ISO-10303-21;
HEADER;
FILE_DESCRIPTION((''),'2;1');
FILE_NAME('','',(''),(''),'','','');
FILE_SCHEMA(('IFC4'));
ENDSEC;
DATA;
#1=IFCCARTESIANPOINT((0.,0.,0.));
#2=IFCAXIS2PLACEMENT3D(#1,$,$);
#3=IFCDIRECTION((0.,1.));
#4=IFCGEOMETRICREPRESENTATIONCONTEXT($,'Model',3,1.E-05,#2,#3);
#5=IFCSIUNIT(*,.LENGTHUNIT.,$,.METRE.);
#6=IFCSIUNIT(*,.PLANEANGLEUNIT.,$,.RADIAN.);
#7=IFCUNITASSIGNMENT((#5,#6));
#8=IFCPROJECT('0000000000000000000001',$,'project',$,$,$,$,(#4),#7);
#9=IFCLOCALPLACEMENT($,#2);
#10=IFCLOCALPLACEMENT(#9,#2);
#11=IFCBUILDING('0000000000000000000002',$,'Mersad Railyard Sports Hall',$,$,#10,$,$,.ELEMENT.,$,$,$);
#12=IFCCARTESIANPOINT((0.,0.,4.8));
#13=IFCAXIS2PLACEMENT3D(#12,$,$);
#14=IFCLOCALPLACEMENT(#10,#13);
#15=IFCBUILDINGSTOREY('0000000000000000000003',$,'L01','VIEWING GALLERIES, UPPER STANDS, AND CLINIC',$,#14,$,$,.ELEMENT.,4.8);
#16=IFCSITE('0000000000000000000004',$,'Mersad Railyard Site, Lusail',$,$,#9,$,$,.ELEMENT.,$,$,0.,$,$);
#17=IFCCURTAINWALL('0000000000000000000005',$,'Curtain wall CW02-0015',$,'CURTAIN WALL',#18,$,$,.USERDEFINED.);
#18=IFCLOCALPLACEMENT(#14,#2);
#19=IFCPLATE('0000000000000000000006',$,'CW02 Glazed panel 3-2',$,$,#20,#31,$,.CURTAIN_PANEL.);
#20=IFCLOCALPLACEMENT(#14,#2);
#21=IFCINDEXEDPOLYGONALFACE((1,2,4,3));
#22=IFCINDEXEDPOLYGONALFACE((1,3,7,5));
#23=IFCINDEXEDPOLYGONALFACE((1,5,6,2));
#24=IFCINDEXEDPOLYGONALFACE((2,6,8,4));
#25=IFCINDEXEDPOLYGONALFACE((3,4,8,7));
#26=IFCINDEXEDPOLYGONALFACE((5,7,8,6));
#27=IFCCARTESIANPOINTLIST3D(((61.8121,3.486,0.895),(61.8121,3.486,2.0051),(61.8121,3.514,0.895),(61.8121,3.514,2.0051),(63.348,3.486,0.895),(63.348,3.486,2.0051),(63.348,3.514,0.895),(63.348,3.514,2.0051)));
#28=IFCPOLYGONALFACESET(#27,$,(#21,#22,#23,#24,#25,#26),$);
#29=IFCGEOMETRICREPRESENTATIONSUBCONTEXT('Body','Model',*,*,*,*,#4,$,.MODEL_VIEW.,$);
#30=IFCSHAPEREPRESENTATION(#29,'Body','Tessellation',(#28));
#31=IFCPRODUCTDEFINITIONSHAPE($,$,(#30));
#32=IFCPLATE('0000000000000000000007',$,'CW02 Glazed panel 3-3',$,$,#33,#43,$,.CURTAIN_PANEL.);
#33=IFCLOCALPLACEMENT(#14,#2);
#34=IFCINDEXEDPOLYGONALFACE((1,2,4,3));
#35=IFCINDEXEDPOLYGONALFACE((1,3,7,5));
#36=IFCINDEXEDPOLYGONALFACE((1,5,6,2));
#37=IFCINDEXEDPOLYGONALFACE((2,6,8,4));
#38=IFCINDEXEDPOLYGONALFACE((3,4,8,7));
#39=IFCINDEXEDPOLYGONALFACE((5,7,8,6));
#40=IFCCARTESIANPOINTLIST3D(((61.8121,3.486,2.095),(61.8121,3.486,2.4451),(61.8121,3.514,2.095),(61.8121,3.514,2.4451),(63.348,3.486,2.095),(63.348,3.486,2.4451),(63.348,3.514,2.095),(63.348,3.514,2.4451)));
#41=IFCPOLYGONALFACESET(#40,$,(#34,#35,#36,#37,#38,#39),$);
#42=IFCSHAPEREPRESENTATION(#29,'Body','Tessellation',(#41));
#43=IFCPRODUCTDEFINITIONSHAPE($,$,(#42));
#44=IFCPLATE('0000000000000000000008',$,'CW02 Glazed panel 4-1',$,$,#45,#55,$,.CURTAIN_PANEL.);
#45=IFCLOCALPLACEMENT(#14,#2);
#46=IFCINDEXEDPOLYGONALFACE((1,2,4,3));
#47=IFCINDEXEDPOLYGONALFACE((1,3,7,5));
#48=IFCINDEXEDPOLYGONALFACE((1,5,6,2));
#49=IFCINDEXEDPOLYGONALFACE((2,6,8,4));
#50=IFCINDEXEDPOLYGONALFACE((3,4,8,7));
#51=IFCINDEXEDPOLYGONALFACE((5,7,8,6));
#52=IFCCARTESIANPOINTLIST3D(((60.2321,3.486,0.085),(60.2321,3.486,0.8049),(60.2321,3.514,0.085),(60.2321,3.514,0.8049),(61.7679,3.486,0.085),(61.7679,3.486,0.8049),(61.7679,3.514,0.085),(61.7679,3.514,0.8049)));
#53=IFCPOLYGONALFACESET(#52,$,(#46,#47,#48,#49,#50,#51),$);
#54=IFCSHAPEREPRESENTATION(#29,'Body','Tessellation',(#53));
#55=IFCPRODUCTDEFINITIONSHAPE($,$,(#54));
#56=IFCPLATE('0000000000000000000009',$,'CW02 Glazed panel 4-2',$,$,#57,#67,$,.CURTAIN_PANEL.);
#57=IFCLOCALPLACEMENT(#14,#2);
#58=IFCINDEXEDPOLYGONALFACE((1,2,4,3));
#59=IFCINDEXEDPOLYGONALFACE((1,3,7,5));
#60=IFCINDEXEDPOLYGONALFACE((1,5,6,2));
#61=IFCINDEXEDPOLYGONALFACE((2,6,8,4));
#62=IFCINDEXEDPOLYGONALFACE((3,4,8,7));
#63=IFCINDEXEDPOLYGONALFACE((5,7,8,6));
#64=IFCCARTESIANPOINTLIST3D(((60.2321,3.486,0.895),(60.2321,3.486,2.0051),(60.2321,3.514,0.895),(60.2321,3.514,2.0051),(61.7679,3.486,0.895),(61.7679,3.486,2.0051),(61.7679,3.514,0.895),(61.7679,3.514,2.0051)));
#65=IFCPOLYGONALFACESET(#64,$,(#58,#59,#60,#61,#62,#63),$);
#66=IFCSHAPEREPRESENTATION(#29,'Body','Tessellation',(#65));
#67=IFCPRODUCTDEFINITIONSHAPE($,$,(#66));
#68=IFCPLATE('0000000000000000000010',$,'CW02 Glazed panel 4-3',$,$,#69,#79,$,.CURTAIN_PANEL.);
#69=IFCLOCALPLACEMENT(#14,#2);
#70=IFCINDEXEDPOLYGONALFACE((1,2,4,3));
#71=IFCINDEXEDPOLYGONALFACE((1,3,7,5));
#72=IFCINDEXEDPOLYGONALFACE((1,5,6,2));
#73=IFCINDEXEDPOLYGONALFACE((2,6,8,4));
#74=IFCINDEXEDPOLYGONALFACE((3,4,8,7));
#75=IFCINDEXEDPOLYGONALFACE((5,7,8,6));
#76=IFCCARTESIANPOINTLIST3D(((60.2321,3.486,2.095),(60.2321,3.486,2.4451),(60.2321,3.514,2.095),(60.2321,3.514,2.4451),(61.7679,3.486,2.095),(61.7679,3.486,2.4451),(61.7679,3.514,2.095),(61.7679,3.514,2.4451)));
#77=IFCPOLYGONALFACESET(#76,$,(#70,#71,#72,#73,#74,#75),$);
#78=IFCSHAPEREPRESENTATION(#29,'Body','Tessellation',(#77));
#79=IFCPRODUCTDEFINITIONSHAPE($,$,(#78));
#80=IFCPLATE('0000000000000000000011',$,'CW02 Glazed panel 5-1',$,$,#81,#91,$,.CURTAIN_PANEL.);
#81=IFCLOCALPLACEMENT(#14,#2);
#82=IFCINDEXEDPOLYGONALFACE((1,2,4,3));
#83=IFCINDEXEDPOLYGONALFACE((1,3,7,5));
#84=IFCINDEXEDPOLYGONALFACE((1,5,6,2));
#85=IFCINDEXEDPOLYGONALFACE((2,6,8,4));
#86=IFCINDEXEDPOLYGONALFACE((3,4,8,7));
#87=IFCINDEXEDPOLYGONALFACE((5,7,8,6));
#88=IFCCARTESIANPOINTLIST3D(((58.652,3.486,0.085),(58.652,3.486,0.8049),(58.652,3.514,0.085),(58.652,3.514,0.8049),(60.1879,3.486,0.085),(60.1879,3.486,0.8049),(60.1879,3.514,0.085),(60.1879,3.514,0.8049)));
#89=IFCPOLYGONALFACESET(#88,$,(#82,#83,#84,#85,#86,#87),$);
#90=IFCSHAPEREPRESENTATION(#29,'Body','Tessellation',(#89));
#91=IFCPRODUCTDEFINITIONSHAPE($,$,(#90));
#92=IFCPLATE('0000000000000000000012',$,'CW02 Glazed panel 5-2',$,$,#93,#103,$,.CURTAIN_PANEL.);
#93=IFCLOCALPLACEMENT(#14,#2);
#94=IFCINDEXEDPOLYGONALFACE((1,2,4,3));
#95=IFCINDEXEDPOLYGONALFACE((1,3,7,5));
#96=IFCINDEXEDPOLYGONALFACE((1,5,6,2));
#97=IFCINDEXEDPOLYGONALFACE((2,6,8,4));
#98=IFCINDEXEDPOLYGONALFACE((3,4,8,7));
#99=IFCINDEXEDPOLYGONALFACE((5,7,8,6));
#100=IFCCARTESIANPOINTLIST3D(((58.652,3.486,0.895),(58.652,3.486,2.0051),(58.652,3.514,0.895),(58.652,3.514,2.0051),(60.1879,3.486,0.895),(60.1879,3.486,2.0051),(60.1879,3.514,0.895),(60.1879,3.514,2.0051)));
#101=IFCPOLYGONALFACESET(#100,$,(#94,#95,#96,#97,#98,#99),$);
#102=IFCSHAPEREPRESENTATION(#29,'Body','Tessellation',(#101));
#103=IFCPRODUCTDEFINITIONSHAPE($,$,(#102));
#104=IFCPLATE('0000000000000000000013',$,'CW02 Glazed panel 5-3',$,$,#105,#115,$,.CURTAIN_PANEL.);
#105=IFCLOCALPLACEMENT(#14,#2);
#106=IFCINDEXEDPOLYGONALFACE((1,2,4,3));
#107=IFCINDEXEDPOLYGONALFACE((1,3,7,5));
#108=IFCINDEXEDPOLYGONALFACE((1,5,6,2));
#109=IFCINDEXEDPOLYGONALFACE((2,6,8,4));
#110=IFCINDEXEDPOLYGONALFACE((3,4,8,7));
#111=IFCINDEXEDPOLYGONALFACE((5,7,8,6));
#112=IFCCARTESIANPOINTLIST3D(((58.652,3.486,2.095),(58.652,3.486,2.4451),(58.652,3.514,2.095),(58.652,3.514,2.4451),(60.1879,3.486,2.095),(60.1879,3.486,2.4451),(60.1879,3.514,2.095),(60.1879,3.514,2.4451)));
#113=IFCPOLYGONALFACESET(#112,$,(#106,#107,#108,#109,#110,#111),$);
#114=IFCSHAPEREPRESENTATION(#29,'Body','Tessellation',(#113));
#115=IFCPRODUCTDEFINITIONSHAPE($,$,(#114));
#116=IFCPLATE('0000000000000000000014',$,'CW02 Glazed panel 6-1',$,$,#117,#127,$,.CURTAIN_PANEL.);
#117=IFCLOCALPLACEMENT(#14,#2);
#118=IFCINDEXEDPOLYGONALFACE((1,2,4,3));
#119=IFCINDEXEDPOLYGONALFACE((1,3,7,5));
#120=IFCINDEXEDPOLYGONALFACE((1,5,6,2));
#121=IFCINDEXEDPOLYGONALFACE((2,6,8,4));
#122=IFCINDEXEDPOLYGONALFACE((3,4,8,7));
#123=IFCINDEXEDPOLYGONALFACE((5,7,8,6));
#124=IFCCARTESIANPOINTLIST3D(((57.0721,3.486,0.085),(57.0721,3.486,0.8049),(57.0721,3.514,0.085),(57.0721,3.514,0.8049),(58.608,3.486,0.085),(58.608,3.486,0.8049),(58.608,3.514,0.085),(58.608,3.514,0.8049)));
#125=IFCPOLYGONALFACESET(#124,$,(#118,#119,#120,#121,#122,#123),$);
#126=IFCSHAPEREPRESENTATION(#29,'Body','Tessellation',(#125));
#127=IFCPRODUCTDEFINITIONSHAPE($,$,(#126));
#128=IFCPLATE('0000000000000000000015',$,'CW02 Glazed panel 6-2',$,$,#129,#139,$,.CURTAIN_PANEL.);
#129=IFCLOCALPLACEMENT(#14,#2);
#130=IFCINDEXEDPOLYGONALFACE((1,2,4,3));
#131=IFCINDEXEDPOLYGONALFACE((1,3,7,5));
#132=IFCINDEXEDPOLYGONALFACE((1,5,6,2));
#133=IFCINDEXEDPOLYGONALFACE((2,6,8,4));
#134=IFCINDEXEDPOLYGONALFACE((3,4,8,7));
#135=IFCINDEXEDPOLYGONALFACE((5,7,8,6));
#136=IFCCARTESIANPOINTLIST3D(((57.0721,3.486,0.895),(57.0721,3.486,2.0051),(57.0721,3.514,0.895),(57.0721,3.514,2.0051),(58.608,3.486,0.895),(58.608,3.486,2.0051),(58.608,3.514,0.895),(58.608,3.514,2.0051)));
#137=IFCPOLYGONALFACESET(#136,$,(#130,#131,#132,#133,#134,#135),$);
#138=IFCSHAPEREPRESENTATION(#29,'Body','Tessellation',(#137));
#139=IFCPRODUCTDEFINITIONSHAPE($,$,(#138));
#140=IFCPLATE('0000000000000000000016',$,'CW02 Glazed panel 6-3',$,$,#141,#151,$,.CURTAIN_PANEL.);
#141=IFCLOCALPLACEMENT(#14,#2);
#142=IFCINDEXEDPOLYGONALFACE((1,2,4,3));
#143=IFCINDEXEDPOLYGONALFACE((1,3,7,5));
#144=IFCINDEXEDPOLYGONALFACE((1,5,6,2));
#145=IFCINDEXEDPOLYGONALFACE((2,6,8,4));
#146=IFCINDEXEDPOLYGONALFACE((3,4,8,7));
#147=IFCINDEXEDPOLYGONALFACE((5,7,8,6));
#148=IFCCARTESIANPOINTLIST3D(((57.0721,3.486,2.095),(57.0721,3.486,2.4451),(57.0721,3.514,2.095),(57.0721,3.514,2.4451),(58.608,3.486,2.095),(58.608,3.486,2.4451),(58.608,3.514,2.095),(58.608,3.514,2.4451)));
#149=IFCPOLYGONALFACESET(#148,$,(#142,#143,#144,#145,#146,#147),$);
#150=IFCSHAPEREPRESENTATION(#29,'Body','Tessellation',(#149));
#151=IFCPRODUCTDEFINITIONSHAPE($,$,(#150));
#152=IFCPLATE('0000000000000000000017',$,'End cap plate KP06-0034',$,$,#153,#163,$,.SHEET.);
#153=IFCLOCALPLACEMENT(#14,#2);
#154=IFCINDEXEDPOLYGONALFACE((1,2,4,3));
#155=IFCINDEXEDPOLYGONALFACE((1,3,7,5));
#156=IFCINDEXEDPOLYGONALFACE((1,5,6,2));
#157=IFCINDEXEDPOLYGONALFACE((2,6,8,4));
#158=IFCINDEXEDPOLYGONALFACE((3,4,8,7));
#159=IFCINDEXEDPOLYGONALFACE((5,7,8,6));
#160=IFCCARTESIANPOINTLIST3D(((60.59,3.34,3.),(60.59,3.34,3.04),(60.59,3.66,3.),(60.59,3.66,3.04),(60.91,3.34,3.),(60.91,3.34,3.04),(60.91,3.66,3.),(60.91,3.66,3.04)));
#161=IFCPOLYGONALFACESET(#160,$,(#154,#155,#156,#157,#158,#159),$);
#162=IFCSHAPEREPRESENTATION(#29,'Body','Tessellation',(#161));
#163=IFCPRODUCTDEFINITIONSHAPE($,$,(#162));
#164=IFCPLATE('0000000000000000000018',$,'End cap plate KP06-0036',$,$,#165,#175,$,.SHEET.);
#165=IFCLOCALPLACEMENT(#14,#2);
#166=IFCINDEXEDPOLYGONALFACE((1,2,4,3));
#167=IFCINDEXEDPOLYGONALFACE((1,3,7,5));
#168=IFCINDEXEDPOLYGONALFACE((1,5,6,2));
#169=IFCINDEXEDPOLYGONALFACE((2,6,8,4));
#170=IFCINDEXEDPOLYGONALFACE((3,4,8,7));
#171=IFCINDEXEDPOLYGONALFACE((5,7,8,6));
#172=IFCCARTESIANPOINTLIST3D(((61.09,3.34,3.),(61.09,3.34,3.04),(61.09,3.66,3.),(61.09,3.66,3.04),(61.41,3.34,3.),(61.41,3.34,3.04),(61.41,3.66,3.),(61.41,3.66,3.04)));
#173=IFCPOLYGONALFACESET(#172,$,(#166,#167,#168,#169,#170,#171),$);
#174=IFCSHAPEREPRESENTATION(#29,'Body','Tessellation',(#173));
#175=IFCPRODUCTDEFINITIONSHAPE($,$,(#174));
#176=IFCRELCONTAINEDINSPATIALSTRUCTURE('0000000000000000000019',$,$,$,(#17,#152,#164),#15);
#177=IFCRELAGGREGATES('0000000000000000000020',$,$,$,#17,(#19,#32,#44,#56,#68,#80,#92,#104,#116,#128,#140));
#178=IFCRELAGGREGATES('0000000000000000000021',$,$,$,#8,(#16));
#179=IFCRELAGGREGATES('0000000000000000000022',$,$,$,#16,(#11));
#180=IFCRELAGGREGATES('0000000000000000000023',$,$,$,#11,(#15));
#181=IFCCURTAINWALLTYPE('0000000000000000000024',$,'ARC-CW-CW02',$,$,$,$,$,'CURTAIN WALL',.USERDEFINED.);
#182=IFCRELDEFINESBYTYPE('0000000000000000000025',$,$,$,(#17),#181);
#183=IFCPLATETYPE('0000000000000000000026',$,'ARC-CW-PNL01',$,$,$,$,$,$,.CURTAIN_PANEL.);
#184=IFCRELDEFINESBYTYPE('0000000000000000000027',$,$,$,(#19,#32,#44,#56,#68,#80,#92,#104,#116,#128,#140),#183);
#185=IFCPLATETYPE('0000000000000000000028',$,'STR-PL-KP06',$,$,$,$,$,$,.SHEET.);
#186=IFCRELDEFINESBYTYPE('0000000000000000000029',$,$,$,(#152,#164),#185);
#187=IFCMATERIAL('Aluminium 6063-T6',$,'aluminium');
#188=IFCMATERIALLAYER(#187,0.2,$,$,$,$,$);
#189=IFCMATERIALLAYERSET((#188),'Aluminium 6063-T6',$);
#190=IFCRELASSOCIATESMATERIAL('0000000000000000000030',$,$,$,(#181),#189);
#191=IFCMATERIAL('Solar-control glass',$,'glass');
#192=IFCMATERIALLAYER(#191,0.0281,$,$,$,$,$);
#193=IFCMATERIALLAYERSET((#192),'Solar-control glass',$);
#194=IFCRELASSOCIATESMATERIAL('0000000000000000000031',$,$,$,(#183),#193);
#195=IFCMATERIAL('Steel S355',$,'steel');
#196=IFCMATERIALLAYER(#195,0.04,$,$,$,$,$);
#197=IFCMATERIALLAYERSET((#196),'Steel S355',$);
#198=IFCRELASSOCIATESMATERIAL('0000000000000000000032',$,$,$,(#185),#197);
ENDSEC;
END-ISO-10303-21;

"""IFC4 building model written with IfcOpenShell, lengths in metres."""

from ifc_helpers import new_model, si_unit, direction, frame, origin, origin_2d, place, context, subcontext, project, spatial, rectangle, extrude, material, layer, layer_set, type_object, element, aggregate, save


model = new_model("IFC4")

# Units and contexts
model_context = context("Model", 3, precision=1e-05, world=origin(), true_north=direction((0.0, 1.0)))
body_context = subcontext(model_context, "Body", "Model", "MODEL_VIEW")
ifc_project = project(units=[si_unit("LENGTHUNIT", "METRE"), si_unit("PLANEANGLEUNIT", "RADIAN")], contexts=[model_context])

# Site, building, storey
site_placement = place(None, origin())
site = spatial("IfcSite", under=ifc_project, at=site_placement, Name="Mersad Railyard Site, Lusail", CompositionType="ELEMENT", RefElevation=0.0)
building_placement = place(site_placement, origin())
building = spatial("IfcBuilding", under=site, at=building_placement, Name="Mersad Railyard Sports Hall", CompositionType="ELEMENT")
storey_placement = place(building_placement, frame((0.0, 0.0, 4.8)))
storey = spatial("IfcBuildingStorey", under=building, at=storey_placement, Name="L01", Description="VIEWING GALLERIES, UPPER STANDS, AND CLINIC", CompositionType="ELEMENT", Elevation=4.8)

# Curtain wall
ifc_material_1 = material(Name="Aluminium 6063-T6", Category="aluminium")
ifc_layer_1 = layer(ifc_material_1, 0.2)
ifc_layer_set_1 = layer_set([ifc_layer_1], Name="Aluminium 6063-T6")
curtain_wall_type = type_object("IfcCurtainWallType", Name="ARC-CW-CW02", ElementType="CURTAIN WALL", PredefinedType="USERDEFINED", material=ifc_layer_set_1)
curtain_wall_placement = place(storey_placement, origin())
curtain_wall = element("IfcCurtainWall", 1, at=curtain_wall_placement, inside=storey, type_object=curtain_wall_type, Name="Curtain wall CW02-0015", ObjectType="CURTAIN WALL", PredefinedType="USERDEFINED")

# Plates
ifc_material_2 = material(Name="Solar-control glass", Category="glass")
ifc_layer_2 = layer(ifc_material_2, 0.0281)
ifc_layer_set_2 = layer_set([ifc_layer_2], Name="Solar-control glass")
plate_type_1 = type_object("IfcPlateType", Name="ARC-CW-PNL01", PredefinedType="CURTAIN_PANEL", material=ifc_layer_set_2)
plate_1_placement = place(storey_placement, frame((62.5801, 3.5, 0.895), z_axis=(0.0, 0.0, 1.0), x_axis=(-1.0, 0.0, 0.0)))
plate_1 = element("IfcPlate", 2, at=plate_1_placement, type_object=plate_type_1, Name="CW02 Glazed panel 3-2", PredefinedType="CURTAIN_PANEL", context=body_context, shape_type="SweptSolid", body=[
    extrude(rectangle(XDim=1.5359, YDim=0.0281, at=origin_2d()), origin(), (0.0, 0.0, 1.0), 1.1101),
])
plate_2_placement = place(storey_placement, frame((62.5801, 3.5, 2.095), z_axis=(0.0, 0.0, 1.0), x_axis=(-1.0, 0.0, 0.0)))
plate_2 = element("IfcPlate", 3, at=plate_2_placement, type_object=plate_type_1, Name="CW02 Glazed panel 3-3", PredefinedType="CURTAIN_PANEL", context=body_context, shape_type="SweptSolid", body=[
    extrude(rectangle(XDim=1.5359, YDim=0.0281, at=origin_2d()), origin(), (0.0, 0.0, 1.0), 0.3501),
])
plate_3_placement = place(storey_placement, frame((61.0, 3.5, 0.085), z_axis=(0.0, 0.0, 1.0), x_axis=(-1.0, 0.0, 0.0)))
plate_3 = element("IfcPlate", 4, at=plate_3_placement, type_object=plate_type_1, Name="CW02 Glazed panel 4-1", PredefinedType="CURTAIN_PANEL", context=body_context, shape_type="SweptSolid", body=[
    extrude(rectangle(XDim=1.5359, YDim=0.0281, at=origin_2d()), origin(), (0.0, 0.0, 1.0), 0.72),
])
plate_4_placement = place(storey_placement, frame((61.0, 3.5, 0.895), z_axis=(0.0, 0.0, 1.0), x_axis=(-1.0, 0.0, 0.0)))
plate_4 = element("IfcPlate", 5, at=plate_4_placement, type_object=plate_type_1, Name="CW02 Glazed panel 4-2", PredefinedType="CURTAIN_PANEL", context=body_context, shape_type="SweptSolid", body=[
    extrude(rectangle(XDim=1.5359, YDim=0.0281, at=origin_2d()), origin(), (0.0, 0.0, 1.0), 1.1101),
])
plate_5_placement = place(storey_placement, frame((61.0, 3.5, 2.095), z_axis=(0.0, 0.0, 1.0), x_axis=(-1.0, 0.0, 0.0)))
plate_5 = element("IfcPlate", 6, at=plate_5_placement, type_object=plate_type_1, Name="CW02 Glazed panel 4-3", PredefinedType="CURTAIN_PANEL", context=body_context, shape_type="SweptSolid", body=[
    extrude(rectangle(XDim=1.5359, YDim=0.0281, at=origin_2d()), origin(), (0.0, 0.0, 1.0), 0.3501),
])
plate_6_placement = place(storey_placement, frame((59.4199, 3.5, 0.085), z_axis=(0.0, 0.0, 1.0), x_axis=(-1.0, 0.0, 0.0)))
plate_6 = element("IfcPlate", 7, at=plate_6_placement, type_object=plate_type_1, Name="CW02 Glazed panel 5-1", PredefinedType="CURTAIN_PANEL", context=body_context, shape_type="SweptSolid", body=[
    extrude(rectangle(XDim=1.5359, YDim=0.0281, at=origin_2d()), origin(), (0.0, 0.0, 1.0), 0.72),
])
plate_7_placement = place(storey_placement, frame((59.4199, 3.5, 0.895), z_axis=(0.0, 0.0, 1.0), x_axis=(-1.0, 0.0, 0.0)))
plate_7 = element("IfcPlate", 8, at=plate_7_placement, type_object=plate_type_1, Name="CW02 Glazed panel 5-2", PredefinedType="CURTAIN_PANEL", context=body_context, shape_type="SweptSolid", body=[
    extrude(rectangle(XDim=1.5359, YDim=0.0281, at=origin_2d()), origin(), (0.0, 0.0, 1.0), 1.1101),
])
plate_8_placement = place(storey_placement, frame((59.4199, 3.5, 2.095), z_axis=(0.0, 0.0, 1.0), x_axis=(-1.0, 0.0, 0.0)))
plate_8 = element("IfcPlate", 9, at=plate_8_placement, type_object=plate_type_1, Name="CW02 Glazed panel 5-3", PredefinedType="CURTAIN_PANEL", context=body_context, shape_type="SweptSolid", body=[
    extrude(rectangle(XDim=1.5359, YDim=0.0281, at=origin_2d()), origin(), (0.0, 0.0, 1.0), 0.3501),
])
plate_9_placement = place(storey_placement, frame((57.8401, 3.5, 0.085), z_axis=(0.0, 0.0, 1.0), x_axis=(-1.0, 0.0, 0.0)))
plate_9 = element("IfcPlate", 10, at=plate_9_placement, type_object=plate_type_1, Name="CW02 Glazed panel 6-1", PredefinedType="CURTAIN_PANEL", context=body_context, shape_type="SweptSolid", body=[
    extrude(rectangle(XDim=1.5359, YDim=0.0281, at=origin_2d()), origin(), (0.0, 0.0, 1.0), 0.72),
])
plate_10_placement = place(storey_placement, frame((57.8401, 3.5, 0.895), z_axis=(0.0, 0.0, 1.0), x_axis=(-1.0, 0.0, 0.0)))
plate_10 = element("IfcPlate", 11, at=plate_10_placement, type_object=plate_type_1, Name="CW02 Glazed panel 6-2", PredefinedType="CURTAIN_PANEL", context=body_context, shape_type="SweptSolid", body=[
    extrude(rectangle(XDim=1.5359, YDim=0.0281, at=origin_2d()), origin(), (0.0, 0.0, 1.0), 1.1101),
])
plate_11_placement = place(storey_placement, frame((57.8401, 3.5, 2.095), z_axis=(0.0, 0.0, 1.0), x_axis=(-1.0, 0.0, 0.0)))
plate_11 = element("IfcPlate", 12, at=plate_11_placement, type_object=plate_type_1, Name="CW02 Glazed panel 6-3", PredefinedType="CURTAIN_PANEL", context=body_context, shape_type="SweptSolid", body=[
    extrude(rectangle(XDim=1.5359, YDim=0.0281, at=origin_2d()), origin(), (0.0, 0.0, 1.0), 0.3501),
])
aggregate(curtain_wall, [plate_1, plate_2, plate_3, plate_4, plate_5, plate_6, plate_7, plate_8, plate_9, plate_10, plate_11])

# Plates
ifc_material_3 = material(Name="Steel S355", Category="steel")
ifc_layer_3 = layer(ifc_material_3, 0.04)
ifc_layer_set_3 = layer_set([ifc_layer_3], Name="Steel S355")
plate_type_2 = type_object("IfcPlateType", Name="STR-PL-KP06", PredefinedType="SHEET", material=ifc_layer_set_3)
for number, where, z_axis, x_axis, name in (
    (13, (60.75, 3.5, 3.0), (0.0, 0.0, 1.0), (1.0, 0.0, 0.0), "End cap plate KP06-0034"),
    (14, (61.25, 3.5, 3.0), (0.0, 0.0, 1.0), (1.0, 0.0, 0.0), "End cap plate KP06-0036"),
):
    element("IfcPlate", number, at=place(storey_placement, frame(where, z_axis=z_axis, x_axis=x_axis)), inside=storey, type_object=plate_type_2, Name=name, PredefinedType="SHEET", context=body_context, shape_type="SweptSolid", body=[
        extrude(rectangle(XDim=0.3201, YDim=0.3201, at=origin_2d()), origin(), (0.0, 0.0, 1.0), 0.04),
    ])

save(model, "model.ifc")
